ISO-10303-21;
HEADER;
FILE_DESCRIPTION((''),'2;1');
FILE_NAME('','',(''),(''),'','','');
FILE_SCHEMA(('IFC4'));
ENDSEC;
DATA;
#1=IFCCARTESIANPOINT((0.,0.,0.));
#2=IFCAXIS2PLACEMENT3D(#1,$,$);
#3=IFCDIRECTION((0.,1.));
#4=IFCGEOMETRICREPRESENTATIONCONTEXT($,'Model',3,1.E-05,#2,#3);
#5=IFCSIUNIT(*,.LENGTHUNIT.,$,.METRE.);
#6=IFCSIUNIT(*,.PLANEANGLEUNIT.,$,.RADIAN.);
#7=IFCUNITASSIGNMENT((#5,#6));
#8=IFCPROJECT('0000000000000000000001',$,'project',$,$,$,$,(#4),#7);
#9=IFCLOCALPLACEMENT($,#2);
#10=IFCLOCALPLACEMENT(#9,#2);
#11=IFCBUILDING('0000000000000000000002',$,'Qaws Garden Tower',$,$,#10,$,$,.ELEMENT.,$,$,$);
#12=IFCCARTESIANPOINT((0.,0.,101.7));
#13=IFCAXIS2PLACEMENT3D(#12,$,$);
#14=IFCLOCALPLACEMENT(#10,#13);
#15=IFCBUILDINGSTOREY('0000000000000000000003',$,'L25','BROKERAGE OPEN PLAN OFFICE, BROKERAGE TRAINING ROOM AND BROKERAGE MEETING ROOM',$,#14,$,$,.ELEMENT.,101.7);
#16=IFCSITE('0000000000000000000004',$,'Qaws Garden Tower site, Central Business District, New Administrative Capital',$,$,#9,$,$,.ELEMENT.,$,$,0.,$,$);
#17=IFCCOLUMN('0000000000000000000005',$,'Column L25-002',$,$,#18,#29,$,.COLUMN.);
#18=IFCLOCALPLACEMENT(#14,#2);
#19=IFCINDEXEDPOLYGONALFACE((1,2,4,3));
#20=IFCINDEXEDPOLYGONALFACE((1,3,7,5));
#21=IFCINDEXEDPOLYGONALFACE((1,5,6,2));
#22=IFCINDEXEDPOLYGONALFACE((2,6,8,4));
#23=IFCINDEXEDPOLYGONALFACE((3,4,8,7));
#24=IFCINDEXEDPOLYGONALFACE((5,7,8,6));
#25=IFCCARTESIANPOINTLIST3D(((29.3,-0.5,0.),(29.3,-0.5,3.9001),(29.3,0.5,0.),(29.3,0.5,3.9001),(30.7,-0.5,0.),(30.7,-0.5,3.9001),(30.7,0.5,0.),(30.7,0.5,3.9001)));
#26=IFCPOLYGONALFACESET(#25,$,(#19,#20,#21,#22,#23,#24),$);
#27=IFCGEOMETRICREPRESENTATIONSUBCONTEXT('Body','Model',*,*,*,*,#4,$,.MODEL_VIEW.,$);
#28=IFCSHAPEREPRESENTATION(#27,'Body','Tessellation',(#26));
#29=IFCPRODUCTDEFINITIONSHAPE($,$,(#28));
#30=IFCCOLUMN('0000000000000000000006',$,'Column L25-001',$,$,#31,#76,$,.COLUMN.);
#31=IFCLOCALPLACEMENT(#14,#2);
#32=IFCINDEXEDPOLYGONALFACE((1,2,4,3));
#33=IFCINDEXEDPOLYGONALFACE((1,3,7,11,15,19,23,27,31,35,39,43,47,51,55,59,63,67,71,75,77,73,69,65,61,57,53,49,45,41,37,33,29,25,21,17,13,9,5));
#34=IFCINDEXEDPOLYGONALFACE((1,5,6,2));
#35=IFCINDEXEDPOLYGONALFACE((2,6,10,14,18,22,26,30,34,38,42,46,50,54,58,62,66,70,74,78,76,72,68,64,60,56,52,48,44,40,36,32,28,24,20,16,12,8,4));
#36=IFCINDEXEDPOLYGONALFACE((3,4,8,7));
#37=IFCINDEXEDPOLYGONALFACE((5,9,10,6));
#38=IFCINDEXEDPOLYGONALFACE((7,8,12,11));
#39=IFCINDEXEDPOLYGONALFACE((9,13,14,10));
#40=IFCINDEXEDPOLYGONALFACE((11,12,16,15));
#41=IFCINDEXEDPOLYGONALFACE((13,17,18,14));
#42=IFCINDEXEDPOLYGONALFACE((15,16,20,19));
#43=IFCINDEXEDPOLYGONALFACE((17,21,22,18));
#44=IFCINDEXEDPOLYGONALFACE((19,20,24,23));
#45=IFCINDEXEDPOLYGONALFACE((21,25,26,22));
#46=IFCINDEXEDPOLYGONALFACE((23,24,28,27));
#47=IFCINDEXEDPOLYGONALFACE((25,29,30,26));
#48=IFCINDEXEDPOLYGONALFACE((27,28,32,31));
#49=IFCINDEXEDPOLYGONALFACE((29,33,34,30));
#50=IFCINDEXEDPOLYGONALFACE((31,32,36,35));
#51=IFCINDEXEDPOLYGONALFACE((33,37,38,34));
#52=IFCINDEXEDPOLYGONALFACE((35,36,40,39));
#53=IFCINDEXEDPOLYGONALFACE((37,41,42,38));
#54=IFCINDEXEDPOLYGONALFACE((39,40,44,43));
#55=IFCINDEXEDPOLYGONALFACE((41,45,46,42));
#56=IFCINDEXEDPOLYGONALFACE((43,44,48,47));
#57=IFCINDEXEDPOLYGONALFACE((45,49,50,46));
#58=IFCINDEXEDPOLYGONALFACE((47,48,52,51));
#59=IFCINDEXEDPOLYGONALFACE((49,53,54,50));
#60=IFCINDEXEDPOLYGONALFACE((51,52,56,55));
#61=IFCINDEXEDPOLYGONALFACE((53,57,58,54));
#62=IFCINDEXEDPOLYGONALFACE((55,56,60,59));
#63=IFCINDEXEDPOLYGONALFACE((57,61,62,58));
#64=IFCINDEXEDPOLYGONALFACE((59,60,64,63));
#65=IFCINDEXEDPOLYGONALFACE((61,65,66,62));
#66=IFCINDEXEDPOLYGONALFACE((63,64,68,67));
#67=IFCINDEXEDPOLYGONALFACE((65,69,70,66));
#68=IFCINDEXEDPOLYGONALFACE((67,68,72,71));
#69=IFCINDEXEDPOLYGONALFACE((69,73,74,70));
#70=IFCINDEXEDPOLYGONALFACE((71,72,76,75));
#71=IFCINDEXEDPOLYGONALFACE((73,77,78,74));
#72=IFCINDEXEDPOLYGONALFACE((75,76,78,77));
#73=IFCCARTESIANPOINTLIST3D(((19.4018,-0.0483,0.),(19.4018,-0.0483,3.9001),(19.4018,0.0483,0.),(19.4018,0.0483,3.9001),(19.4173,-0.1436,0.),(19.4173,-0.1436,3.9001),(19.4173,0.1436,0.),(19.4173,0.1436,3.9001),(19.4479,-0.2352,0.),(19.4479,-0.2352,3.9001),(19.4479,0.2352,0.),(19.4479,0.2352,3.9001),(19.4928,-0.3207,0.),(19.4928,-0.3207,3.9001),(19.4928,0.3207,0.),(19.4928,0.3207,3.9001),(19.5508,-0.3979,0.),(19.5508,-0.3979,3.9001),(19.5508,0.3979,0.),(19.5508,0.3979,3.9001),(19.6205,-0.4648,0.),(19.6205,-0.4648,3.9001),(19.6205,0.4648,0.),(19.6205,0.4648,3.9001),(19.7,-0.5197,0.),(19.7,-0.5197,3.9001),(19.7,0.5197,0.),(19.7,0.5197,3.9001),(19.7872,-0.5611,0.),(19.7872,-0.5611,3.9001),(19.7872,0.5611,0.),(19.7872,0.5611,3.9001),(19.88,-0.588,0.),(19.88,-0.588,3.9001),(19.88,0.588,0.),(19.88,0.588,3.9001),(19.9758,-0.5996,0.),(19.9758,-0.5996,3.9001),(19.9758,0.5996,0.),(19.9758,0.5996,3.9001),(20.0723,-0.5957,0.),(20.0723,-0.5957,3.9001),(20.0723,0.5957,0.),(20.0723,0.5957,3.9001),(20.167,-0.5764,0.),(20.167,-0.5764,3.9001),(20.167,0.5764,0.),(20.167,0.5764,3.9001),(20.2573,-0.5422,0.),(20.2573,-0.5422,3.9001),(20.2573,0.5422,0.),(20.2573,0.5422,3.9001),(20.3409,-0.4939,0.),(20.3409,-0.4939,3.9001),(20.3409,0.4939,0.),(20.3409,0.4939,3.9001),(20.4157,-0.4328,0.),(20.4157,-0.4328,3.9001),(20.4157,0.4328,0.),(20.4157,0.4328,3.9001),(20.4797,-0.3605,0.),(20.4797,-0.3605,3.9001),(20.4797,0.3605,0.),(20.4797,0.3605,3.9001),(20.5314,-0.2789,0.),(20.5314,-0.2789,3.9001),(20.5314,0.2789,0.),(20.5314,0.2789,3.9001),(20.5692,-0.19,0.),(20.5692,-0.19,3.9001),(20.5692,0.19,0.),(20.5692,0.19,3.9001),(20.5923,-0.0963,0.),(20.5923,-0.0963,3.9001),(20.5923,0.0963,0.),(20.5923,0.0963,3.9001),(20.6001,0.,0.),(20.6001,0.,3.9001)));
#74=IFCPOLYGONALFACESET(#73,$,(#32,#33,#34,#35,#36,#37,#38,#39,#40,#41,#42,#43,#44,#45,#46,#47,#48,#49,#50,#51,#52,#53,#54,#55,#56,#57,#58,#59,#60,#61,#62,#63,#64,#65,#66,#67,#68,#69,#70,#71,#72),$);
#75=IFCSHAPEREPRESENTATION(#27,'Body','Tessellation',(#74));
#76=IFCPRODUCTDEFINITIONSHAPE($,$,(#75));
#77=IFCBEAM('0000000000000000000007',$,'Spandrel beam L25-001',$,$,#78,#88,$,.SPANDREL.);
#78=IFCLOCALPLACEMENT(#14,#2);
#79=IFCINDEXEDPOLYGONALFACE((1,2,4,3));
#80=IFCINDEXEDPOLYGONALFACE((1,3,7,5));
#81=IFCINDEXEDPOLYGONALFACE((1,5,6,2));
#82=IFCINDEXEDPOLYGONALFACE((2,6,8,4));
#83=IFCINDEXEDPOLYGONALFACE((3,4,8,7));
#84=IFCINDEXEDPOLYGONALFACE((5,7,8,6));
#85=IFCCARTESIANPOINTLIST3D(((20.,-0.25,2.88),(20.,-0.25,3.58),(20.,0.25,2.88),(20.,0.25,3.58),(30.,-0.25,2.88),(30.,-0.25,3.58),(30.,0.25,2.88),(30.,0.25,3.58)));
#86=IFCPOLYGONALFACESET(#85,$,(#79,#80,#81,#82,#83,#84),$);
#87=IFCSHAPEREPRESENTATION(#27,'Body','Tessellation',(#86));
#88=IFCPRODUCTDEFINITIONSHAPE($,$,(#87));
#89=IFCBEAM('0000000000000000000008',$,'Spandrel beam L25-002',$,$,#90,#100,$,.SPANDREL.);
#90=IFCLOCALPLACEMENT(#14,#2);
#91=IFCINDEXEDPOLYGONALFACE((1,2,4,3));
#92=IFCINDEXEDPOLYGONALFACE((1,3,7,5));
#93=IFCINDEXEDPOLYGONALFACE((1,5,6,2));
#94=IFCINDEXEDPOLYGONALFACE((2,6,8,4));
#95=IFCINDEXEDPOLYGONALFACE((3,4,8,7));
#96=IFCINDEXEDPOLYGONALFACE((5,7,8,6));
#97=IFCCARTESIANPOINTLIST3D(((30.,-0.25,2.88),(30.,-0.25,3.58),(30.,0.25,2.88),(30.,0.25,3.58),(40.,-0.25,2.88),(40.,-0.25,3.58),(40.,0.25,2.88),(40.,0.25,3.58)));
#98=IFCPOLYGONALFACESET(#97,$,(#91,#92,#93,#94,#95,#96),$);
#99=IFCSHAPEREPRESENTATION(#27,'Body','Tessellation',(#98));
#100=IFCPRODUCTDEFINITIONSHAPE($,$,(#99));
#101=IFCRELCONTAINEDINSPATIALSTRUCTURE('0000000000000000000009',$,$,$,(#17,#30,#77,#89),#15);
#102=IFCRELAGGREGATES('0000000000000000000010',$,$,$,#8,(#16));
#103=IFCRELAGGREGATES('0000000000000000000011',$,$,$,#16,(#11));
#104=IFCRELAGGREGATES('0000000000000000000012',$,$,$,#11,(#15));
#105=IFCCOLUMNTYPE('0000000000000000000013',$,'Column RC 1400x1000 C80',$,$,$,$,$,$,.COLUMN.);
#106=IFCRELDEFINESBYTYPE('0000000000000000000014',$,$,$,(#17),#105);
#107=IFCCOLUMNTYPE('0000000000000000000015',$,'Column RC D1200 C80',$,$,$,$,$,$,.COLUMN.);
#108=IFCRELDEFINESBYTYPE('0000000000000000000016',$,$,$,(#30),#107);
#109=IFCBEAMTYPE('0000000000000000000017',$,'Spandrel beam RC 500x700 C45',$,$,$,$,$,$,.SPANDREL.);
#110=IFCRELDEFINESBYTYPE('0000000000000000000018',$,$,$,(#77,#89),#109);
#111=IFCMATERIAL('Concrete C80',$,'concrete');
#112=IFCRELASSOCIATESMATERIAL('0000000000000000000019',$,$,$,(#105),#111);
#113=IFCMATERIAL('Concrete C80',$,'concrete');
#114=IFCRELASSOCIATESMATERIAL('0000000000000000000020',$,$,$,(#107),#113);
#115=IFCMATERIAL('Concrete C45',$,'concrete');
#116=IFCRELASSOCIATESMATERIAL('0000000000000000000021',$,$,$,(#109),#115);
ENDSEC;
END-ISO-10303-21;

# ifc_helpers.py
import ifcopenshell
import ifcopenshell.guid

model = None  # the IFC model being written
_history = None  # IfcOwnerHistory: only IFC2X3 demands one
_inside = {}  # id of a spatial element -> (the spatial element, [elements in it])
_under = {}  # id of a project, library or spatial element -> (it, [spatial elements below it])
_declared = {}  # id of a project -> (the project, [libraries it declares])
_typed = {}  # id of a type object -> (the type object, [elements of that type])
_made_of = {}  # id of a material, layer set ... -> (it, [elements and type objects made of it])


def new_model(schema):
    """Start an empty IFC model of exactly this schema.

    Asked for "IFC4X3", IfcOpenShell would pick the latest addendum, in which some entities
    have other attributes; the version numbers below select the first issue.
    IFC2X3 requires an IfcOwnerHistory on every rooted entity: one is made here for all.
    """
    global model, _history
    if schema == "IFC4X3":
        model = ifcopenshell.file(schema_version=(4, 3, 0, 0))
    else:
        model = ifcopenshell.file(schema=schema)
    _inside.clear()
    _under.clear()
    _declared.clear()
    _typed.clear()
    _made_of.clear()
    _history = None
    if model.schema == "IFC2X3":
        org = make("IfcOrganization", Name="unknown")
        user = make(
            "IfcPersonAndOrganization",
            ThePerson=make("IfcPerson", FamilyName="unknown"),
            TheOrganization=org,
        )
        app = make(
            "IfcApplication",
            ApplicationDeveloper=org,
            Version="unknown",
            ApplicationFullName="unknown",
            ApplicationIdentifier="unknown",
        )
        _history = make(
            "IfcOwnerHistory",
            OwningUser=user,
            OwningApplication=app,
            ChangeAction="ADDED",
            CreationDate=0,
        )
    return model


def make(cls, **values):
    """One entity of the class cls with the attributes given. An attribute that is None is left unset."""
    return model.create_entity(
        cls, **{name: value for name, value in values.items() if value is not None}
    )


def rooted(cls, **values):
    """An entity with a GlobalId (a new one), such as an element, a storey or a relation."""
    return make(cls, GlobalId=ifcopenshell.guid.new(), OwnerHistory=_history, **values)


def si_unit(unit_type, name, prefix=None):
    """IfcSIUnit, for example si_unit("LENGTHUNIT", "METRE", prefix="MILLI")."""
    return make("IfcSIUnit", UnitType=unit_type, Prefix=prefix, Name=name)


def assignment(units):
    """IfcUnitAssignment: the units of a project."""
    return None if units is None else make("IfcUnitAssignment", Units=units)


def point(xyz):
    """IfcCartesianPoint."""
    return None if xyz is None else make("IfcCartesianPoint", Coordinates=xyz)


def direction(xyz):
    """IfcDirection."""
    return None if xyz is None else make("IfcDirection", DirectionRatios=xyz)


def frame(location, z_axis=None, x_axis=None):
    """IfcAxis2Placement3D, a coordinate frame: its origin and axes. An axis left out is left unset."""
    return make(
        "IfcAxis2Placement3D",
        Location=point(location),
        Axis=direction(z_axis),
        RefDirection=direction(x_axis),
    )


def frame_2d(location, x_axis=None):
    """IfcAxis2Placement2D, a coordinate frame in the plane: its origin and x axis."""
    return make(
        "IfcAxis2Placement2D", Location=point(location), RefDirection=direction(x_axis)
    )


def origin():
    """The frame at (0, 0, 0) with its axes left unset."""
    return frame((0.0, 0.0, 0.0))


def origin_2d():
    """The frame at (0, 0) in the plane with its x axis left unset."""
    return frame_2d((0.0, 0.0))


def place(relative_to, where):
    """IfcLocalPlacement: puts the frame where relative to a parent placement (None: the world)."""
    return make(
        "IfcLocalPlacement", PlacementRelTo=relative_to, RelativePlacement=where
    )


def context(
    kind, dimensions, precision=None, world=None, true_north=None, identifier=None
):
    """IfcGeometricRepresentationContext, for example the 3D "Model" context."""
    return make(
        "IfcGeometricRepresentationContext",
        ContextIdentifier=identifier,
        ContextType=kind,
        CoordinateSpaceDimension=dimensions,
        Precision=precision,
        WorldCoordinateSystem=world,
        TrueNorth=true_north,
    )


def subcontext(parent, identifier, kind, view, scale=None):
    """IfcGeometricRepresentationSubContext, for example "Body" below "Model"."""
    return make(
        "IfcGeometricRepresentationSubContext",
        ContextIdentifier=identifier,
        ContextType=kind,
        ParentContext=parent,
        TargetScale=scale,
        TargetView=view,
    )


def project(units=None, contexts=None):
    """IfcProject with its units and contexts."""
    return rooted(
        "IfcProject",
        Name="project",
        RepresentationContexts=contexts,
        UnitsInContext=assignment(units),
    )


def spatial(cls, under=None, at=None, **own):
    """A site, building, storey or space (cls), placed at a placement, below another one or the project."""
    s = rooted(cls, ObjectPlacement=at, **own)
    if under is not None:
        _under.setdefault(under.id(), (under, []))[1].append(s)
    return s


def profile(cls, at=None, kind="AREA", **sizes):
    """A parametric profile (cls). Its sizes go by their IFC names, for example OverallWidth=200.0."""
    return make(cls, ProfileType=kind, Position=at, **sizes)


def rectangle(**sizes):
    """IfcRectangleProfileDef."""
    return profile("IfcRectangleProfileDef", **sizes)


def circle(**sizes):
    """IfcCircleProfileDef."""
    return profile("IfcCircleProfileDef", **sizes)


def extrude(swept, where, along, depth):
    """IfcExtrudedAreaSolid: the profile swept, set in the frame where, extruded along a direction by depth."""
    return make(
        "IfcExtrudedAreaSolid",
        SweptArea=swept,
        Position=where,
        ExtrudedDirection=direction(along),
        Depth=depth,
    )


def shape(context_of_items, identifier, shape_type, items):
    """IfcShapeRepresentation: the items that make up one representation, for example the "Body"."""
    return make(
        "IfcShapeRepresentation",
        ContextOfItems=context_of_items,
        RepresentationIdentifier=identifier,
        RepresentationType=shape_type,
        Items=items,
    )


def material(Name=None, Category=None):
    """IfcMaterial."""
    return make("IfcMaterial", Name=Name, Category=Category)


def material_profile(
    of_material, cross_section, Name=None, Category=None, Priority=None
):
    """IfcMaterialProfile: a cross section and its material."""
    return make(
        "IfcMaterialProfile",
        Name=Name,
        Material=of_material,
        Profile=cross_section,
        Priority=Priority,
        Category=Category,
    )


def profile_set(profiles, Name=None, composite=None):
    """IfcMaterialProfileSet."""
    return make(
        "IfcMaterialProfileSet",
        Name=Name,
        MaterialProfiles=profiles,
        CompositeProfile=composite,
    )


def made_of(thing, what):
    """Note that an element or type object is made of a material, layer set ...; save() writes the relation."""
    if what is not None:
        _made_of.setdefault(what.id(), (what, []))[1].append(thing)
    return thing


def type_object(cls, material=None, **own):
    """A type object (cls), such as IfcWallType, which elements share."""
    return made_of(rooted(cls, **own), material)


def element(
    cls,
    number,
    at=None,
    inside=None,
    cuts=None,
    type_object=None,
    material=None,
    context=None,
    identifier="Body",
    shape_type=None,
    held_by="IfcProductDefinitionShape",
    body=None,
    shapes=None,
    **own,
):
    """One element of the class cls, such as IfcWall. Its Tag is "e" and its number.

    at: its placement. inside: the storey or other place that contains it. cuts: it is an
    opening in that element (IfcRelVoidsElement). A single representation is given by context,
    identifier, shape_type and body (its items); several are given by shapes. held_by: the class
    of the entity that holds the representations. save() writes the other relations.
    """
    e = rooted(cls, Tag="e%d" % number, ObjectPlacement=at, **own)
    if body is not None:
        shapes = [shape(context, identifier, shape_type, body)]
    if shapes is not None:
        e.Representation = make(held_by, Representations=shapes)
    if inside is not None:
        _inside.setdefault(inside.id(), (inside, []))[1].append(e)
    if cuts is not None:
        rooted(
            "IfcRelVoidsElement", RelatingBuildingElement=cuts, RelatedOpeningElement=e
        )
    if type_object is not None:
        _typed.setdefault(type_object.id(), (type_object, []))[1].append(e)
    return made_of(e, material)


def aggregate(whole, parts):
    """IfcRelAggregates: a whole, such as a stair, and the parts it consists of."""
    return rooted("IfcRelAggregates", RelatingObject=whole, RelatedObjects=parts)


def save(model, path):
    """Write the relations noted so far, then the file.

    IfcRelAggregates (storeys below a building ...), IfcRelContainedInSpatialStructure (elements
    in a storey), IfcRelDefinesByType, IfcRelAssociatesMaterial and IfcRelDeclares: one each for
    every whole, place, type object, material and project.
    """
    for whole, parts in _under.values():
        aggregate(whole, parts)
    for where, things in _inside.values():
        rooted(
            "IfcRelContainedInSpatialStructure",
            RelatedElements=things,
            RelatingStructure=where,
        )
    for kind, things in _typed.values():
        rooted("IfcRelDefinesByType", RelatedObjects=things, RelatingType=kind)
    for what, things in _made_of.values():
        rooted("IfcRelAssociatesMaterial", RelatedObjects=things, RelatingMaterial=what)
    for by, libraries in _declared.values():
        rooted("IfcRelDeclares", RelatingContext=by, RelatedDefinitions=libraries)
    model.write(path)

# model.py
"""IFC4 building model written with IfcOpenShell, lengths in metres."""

from ifc_helpers import new_model, si_unit, direction, frame, origin, origin_2d, place, context, subcontext, project, spatial, rectangle, circle, extrude, material, material_profile, profile_set, type_object, element, save


model = new_model("IFC4")

# Units and contexts
model_context = context("Model", 3, precision=1e-05, world=origin(), true_north=direction((0.0, 1.0)))
body_context = subcontext(model_context, "Body", "Model", "MODEL_VIEW")
ifc_project = project(units=[si_unit("LENGTHUNIT", "METRE"), si_unit("PLANEANGLEUNIT", "RADIAN")], contexts=[model_context])

# Site, building, storey
site_placement = place(None, origin())
site = spatial("IfcSite", under=ifc_project, at=site_placement, Name="Qaws Garden Tower site, Central Business District, New Administrative Capital", CompositionType="ELEMENT", RefElevation=0.0)
building_placement = place(site_placement, origin())
building = spatial("IfcBuilding", under=site, at=building_placement, Name="Qaws Garden Tower", CompositionType="ELEMENT")
storey_placement = place(building_placement, frame((0.0, 0.0, 101.7)))
storey = spatial("IfcBuildingStorey", under=building, at=storey_placement, Name="L25", Description="BROKERAGE OPEN PLAN OFFICE, BROKERAGE TRAINING ROOM AND BROKERAGE MEETING ROOM", CompositionType="ELEMENT", Elevation=101.7)

# Columns
ifc_material_1 = material(Name="Concrete C80", Category="concrete")
ifc_material_profile_1 = material_profile(ifc_material_1, rectangle(XDim=1.3999, YDim=1.0, at=origin_2d()), Name="RC 1400x1000")
ifc_profile_set_1 = profile_set([ifc_material_profile_1], Name="Concrete C80")
column_type_1 = type_object("IfcColumnType", Name="Column RC 1400x1000 C80", PredefinedType="COLUMN", material=ifc_profile_set_1)
column_1_placement = place(storey_placement, frame((30.0, 0.0, 0.0), z_axis=(0.0, 0.0, 1.0), x_axis=(1.0, 0.0, 0.0)))
element("IfcColumn", 1, at=column_1_placement, inside=storey, type_object=column_type_1, Name="Column L25-002", PredefinedType="COLUMN", context=body_context, shape_type="SweptSolid", body=[
    extrude(rectangle(XDim=1.3999, YDim=1.0, at=origin_2d()), origin(), (0.0, 0.0, 1.0), 3.9001),
])
ifc_material_2 = material(Name="Concrete C80", Category="concrete")
ifc_material_profile_2 = material_profile(ifc_material_2, circle(Radius=0.6001, at=origin_2d()), Name="RC D1200")
ifc_profile_set_2 = profile_set([ifc_material_profile_2], Name="Concrete C80")
column_type_2 = type_object("IfcColumnType", Name="Column RC D1200 C80", PredefinedType="COLUMN", material=ifc_profile_set_2)
column_2_placement = place(storey_placement, frame((20.0, 0.0, 0.0), z_axis=(0.0, 0.0, 1.0), x_axis=(1.0, 0.0, 0.0)))
element("IfcColumn", 2, at=column_2_placement, inside=storey, type_object=column_type_2, Name="Column L25-001", PredefinedType="COLUMN", context=body_context, shape_type="SweptSolid", body=[
    extrude(circle(Radius=0.6001, at=origin_2d()), origin(), (0.0, 0.0, 1.0), 3.9001),
])

# Beams
ifc_material_3 = material(Name="Concrete C45", Category="concrete")
ifc_material_profile_3 = material_profile(ifc_material_3, rectangle(XDim=0.5, YDim=0.7, at=origin_2d()), Name="RC 500x700")
ifc_profile_set_3 = profile_set([ifc_material_profile_3], Name="Concrete C45")
beam_type = type_object("IfcBeamType", Name="Spandrel beam RC 500x700 C45", PredefinedType="SPANDREL", material=ifc_profile_set_3)
for number, where, z_axis, x_axis, name in (
    (3, (20.0, 0.0, 3.23), (1.0, 0.0, 0.0), (0.0, 1.0, 0.0), "Spandrel beam L25-001"),
    (4, (30.0, 0.0, 3.23), (1.0, 0.0, 0.0), (0.0, 1.0, 0.0), "Spandrel beam L25-002"),
):
    element("IfcBeam", number, at=place(storey_placement, frame(where, z_axis=z_axis, x_axis=x_axis)), inside=storey, type_object=beam_type, Name=name, PredefinedType="SPANDREL", context=body_context, shape_type="SweptSolid", body=[
        extrude(rectangle(XDim=0.5, YDim=0.7, at=origin_2d()), origin(), (0.0, 0.0, 1.0), 10.0),
    ])

save(model, "model.ifc")
